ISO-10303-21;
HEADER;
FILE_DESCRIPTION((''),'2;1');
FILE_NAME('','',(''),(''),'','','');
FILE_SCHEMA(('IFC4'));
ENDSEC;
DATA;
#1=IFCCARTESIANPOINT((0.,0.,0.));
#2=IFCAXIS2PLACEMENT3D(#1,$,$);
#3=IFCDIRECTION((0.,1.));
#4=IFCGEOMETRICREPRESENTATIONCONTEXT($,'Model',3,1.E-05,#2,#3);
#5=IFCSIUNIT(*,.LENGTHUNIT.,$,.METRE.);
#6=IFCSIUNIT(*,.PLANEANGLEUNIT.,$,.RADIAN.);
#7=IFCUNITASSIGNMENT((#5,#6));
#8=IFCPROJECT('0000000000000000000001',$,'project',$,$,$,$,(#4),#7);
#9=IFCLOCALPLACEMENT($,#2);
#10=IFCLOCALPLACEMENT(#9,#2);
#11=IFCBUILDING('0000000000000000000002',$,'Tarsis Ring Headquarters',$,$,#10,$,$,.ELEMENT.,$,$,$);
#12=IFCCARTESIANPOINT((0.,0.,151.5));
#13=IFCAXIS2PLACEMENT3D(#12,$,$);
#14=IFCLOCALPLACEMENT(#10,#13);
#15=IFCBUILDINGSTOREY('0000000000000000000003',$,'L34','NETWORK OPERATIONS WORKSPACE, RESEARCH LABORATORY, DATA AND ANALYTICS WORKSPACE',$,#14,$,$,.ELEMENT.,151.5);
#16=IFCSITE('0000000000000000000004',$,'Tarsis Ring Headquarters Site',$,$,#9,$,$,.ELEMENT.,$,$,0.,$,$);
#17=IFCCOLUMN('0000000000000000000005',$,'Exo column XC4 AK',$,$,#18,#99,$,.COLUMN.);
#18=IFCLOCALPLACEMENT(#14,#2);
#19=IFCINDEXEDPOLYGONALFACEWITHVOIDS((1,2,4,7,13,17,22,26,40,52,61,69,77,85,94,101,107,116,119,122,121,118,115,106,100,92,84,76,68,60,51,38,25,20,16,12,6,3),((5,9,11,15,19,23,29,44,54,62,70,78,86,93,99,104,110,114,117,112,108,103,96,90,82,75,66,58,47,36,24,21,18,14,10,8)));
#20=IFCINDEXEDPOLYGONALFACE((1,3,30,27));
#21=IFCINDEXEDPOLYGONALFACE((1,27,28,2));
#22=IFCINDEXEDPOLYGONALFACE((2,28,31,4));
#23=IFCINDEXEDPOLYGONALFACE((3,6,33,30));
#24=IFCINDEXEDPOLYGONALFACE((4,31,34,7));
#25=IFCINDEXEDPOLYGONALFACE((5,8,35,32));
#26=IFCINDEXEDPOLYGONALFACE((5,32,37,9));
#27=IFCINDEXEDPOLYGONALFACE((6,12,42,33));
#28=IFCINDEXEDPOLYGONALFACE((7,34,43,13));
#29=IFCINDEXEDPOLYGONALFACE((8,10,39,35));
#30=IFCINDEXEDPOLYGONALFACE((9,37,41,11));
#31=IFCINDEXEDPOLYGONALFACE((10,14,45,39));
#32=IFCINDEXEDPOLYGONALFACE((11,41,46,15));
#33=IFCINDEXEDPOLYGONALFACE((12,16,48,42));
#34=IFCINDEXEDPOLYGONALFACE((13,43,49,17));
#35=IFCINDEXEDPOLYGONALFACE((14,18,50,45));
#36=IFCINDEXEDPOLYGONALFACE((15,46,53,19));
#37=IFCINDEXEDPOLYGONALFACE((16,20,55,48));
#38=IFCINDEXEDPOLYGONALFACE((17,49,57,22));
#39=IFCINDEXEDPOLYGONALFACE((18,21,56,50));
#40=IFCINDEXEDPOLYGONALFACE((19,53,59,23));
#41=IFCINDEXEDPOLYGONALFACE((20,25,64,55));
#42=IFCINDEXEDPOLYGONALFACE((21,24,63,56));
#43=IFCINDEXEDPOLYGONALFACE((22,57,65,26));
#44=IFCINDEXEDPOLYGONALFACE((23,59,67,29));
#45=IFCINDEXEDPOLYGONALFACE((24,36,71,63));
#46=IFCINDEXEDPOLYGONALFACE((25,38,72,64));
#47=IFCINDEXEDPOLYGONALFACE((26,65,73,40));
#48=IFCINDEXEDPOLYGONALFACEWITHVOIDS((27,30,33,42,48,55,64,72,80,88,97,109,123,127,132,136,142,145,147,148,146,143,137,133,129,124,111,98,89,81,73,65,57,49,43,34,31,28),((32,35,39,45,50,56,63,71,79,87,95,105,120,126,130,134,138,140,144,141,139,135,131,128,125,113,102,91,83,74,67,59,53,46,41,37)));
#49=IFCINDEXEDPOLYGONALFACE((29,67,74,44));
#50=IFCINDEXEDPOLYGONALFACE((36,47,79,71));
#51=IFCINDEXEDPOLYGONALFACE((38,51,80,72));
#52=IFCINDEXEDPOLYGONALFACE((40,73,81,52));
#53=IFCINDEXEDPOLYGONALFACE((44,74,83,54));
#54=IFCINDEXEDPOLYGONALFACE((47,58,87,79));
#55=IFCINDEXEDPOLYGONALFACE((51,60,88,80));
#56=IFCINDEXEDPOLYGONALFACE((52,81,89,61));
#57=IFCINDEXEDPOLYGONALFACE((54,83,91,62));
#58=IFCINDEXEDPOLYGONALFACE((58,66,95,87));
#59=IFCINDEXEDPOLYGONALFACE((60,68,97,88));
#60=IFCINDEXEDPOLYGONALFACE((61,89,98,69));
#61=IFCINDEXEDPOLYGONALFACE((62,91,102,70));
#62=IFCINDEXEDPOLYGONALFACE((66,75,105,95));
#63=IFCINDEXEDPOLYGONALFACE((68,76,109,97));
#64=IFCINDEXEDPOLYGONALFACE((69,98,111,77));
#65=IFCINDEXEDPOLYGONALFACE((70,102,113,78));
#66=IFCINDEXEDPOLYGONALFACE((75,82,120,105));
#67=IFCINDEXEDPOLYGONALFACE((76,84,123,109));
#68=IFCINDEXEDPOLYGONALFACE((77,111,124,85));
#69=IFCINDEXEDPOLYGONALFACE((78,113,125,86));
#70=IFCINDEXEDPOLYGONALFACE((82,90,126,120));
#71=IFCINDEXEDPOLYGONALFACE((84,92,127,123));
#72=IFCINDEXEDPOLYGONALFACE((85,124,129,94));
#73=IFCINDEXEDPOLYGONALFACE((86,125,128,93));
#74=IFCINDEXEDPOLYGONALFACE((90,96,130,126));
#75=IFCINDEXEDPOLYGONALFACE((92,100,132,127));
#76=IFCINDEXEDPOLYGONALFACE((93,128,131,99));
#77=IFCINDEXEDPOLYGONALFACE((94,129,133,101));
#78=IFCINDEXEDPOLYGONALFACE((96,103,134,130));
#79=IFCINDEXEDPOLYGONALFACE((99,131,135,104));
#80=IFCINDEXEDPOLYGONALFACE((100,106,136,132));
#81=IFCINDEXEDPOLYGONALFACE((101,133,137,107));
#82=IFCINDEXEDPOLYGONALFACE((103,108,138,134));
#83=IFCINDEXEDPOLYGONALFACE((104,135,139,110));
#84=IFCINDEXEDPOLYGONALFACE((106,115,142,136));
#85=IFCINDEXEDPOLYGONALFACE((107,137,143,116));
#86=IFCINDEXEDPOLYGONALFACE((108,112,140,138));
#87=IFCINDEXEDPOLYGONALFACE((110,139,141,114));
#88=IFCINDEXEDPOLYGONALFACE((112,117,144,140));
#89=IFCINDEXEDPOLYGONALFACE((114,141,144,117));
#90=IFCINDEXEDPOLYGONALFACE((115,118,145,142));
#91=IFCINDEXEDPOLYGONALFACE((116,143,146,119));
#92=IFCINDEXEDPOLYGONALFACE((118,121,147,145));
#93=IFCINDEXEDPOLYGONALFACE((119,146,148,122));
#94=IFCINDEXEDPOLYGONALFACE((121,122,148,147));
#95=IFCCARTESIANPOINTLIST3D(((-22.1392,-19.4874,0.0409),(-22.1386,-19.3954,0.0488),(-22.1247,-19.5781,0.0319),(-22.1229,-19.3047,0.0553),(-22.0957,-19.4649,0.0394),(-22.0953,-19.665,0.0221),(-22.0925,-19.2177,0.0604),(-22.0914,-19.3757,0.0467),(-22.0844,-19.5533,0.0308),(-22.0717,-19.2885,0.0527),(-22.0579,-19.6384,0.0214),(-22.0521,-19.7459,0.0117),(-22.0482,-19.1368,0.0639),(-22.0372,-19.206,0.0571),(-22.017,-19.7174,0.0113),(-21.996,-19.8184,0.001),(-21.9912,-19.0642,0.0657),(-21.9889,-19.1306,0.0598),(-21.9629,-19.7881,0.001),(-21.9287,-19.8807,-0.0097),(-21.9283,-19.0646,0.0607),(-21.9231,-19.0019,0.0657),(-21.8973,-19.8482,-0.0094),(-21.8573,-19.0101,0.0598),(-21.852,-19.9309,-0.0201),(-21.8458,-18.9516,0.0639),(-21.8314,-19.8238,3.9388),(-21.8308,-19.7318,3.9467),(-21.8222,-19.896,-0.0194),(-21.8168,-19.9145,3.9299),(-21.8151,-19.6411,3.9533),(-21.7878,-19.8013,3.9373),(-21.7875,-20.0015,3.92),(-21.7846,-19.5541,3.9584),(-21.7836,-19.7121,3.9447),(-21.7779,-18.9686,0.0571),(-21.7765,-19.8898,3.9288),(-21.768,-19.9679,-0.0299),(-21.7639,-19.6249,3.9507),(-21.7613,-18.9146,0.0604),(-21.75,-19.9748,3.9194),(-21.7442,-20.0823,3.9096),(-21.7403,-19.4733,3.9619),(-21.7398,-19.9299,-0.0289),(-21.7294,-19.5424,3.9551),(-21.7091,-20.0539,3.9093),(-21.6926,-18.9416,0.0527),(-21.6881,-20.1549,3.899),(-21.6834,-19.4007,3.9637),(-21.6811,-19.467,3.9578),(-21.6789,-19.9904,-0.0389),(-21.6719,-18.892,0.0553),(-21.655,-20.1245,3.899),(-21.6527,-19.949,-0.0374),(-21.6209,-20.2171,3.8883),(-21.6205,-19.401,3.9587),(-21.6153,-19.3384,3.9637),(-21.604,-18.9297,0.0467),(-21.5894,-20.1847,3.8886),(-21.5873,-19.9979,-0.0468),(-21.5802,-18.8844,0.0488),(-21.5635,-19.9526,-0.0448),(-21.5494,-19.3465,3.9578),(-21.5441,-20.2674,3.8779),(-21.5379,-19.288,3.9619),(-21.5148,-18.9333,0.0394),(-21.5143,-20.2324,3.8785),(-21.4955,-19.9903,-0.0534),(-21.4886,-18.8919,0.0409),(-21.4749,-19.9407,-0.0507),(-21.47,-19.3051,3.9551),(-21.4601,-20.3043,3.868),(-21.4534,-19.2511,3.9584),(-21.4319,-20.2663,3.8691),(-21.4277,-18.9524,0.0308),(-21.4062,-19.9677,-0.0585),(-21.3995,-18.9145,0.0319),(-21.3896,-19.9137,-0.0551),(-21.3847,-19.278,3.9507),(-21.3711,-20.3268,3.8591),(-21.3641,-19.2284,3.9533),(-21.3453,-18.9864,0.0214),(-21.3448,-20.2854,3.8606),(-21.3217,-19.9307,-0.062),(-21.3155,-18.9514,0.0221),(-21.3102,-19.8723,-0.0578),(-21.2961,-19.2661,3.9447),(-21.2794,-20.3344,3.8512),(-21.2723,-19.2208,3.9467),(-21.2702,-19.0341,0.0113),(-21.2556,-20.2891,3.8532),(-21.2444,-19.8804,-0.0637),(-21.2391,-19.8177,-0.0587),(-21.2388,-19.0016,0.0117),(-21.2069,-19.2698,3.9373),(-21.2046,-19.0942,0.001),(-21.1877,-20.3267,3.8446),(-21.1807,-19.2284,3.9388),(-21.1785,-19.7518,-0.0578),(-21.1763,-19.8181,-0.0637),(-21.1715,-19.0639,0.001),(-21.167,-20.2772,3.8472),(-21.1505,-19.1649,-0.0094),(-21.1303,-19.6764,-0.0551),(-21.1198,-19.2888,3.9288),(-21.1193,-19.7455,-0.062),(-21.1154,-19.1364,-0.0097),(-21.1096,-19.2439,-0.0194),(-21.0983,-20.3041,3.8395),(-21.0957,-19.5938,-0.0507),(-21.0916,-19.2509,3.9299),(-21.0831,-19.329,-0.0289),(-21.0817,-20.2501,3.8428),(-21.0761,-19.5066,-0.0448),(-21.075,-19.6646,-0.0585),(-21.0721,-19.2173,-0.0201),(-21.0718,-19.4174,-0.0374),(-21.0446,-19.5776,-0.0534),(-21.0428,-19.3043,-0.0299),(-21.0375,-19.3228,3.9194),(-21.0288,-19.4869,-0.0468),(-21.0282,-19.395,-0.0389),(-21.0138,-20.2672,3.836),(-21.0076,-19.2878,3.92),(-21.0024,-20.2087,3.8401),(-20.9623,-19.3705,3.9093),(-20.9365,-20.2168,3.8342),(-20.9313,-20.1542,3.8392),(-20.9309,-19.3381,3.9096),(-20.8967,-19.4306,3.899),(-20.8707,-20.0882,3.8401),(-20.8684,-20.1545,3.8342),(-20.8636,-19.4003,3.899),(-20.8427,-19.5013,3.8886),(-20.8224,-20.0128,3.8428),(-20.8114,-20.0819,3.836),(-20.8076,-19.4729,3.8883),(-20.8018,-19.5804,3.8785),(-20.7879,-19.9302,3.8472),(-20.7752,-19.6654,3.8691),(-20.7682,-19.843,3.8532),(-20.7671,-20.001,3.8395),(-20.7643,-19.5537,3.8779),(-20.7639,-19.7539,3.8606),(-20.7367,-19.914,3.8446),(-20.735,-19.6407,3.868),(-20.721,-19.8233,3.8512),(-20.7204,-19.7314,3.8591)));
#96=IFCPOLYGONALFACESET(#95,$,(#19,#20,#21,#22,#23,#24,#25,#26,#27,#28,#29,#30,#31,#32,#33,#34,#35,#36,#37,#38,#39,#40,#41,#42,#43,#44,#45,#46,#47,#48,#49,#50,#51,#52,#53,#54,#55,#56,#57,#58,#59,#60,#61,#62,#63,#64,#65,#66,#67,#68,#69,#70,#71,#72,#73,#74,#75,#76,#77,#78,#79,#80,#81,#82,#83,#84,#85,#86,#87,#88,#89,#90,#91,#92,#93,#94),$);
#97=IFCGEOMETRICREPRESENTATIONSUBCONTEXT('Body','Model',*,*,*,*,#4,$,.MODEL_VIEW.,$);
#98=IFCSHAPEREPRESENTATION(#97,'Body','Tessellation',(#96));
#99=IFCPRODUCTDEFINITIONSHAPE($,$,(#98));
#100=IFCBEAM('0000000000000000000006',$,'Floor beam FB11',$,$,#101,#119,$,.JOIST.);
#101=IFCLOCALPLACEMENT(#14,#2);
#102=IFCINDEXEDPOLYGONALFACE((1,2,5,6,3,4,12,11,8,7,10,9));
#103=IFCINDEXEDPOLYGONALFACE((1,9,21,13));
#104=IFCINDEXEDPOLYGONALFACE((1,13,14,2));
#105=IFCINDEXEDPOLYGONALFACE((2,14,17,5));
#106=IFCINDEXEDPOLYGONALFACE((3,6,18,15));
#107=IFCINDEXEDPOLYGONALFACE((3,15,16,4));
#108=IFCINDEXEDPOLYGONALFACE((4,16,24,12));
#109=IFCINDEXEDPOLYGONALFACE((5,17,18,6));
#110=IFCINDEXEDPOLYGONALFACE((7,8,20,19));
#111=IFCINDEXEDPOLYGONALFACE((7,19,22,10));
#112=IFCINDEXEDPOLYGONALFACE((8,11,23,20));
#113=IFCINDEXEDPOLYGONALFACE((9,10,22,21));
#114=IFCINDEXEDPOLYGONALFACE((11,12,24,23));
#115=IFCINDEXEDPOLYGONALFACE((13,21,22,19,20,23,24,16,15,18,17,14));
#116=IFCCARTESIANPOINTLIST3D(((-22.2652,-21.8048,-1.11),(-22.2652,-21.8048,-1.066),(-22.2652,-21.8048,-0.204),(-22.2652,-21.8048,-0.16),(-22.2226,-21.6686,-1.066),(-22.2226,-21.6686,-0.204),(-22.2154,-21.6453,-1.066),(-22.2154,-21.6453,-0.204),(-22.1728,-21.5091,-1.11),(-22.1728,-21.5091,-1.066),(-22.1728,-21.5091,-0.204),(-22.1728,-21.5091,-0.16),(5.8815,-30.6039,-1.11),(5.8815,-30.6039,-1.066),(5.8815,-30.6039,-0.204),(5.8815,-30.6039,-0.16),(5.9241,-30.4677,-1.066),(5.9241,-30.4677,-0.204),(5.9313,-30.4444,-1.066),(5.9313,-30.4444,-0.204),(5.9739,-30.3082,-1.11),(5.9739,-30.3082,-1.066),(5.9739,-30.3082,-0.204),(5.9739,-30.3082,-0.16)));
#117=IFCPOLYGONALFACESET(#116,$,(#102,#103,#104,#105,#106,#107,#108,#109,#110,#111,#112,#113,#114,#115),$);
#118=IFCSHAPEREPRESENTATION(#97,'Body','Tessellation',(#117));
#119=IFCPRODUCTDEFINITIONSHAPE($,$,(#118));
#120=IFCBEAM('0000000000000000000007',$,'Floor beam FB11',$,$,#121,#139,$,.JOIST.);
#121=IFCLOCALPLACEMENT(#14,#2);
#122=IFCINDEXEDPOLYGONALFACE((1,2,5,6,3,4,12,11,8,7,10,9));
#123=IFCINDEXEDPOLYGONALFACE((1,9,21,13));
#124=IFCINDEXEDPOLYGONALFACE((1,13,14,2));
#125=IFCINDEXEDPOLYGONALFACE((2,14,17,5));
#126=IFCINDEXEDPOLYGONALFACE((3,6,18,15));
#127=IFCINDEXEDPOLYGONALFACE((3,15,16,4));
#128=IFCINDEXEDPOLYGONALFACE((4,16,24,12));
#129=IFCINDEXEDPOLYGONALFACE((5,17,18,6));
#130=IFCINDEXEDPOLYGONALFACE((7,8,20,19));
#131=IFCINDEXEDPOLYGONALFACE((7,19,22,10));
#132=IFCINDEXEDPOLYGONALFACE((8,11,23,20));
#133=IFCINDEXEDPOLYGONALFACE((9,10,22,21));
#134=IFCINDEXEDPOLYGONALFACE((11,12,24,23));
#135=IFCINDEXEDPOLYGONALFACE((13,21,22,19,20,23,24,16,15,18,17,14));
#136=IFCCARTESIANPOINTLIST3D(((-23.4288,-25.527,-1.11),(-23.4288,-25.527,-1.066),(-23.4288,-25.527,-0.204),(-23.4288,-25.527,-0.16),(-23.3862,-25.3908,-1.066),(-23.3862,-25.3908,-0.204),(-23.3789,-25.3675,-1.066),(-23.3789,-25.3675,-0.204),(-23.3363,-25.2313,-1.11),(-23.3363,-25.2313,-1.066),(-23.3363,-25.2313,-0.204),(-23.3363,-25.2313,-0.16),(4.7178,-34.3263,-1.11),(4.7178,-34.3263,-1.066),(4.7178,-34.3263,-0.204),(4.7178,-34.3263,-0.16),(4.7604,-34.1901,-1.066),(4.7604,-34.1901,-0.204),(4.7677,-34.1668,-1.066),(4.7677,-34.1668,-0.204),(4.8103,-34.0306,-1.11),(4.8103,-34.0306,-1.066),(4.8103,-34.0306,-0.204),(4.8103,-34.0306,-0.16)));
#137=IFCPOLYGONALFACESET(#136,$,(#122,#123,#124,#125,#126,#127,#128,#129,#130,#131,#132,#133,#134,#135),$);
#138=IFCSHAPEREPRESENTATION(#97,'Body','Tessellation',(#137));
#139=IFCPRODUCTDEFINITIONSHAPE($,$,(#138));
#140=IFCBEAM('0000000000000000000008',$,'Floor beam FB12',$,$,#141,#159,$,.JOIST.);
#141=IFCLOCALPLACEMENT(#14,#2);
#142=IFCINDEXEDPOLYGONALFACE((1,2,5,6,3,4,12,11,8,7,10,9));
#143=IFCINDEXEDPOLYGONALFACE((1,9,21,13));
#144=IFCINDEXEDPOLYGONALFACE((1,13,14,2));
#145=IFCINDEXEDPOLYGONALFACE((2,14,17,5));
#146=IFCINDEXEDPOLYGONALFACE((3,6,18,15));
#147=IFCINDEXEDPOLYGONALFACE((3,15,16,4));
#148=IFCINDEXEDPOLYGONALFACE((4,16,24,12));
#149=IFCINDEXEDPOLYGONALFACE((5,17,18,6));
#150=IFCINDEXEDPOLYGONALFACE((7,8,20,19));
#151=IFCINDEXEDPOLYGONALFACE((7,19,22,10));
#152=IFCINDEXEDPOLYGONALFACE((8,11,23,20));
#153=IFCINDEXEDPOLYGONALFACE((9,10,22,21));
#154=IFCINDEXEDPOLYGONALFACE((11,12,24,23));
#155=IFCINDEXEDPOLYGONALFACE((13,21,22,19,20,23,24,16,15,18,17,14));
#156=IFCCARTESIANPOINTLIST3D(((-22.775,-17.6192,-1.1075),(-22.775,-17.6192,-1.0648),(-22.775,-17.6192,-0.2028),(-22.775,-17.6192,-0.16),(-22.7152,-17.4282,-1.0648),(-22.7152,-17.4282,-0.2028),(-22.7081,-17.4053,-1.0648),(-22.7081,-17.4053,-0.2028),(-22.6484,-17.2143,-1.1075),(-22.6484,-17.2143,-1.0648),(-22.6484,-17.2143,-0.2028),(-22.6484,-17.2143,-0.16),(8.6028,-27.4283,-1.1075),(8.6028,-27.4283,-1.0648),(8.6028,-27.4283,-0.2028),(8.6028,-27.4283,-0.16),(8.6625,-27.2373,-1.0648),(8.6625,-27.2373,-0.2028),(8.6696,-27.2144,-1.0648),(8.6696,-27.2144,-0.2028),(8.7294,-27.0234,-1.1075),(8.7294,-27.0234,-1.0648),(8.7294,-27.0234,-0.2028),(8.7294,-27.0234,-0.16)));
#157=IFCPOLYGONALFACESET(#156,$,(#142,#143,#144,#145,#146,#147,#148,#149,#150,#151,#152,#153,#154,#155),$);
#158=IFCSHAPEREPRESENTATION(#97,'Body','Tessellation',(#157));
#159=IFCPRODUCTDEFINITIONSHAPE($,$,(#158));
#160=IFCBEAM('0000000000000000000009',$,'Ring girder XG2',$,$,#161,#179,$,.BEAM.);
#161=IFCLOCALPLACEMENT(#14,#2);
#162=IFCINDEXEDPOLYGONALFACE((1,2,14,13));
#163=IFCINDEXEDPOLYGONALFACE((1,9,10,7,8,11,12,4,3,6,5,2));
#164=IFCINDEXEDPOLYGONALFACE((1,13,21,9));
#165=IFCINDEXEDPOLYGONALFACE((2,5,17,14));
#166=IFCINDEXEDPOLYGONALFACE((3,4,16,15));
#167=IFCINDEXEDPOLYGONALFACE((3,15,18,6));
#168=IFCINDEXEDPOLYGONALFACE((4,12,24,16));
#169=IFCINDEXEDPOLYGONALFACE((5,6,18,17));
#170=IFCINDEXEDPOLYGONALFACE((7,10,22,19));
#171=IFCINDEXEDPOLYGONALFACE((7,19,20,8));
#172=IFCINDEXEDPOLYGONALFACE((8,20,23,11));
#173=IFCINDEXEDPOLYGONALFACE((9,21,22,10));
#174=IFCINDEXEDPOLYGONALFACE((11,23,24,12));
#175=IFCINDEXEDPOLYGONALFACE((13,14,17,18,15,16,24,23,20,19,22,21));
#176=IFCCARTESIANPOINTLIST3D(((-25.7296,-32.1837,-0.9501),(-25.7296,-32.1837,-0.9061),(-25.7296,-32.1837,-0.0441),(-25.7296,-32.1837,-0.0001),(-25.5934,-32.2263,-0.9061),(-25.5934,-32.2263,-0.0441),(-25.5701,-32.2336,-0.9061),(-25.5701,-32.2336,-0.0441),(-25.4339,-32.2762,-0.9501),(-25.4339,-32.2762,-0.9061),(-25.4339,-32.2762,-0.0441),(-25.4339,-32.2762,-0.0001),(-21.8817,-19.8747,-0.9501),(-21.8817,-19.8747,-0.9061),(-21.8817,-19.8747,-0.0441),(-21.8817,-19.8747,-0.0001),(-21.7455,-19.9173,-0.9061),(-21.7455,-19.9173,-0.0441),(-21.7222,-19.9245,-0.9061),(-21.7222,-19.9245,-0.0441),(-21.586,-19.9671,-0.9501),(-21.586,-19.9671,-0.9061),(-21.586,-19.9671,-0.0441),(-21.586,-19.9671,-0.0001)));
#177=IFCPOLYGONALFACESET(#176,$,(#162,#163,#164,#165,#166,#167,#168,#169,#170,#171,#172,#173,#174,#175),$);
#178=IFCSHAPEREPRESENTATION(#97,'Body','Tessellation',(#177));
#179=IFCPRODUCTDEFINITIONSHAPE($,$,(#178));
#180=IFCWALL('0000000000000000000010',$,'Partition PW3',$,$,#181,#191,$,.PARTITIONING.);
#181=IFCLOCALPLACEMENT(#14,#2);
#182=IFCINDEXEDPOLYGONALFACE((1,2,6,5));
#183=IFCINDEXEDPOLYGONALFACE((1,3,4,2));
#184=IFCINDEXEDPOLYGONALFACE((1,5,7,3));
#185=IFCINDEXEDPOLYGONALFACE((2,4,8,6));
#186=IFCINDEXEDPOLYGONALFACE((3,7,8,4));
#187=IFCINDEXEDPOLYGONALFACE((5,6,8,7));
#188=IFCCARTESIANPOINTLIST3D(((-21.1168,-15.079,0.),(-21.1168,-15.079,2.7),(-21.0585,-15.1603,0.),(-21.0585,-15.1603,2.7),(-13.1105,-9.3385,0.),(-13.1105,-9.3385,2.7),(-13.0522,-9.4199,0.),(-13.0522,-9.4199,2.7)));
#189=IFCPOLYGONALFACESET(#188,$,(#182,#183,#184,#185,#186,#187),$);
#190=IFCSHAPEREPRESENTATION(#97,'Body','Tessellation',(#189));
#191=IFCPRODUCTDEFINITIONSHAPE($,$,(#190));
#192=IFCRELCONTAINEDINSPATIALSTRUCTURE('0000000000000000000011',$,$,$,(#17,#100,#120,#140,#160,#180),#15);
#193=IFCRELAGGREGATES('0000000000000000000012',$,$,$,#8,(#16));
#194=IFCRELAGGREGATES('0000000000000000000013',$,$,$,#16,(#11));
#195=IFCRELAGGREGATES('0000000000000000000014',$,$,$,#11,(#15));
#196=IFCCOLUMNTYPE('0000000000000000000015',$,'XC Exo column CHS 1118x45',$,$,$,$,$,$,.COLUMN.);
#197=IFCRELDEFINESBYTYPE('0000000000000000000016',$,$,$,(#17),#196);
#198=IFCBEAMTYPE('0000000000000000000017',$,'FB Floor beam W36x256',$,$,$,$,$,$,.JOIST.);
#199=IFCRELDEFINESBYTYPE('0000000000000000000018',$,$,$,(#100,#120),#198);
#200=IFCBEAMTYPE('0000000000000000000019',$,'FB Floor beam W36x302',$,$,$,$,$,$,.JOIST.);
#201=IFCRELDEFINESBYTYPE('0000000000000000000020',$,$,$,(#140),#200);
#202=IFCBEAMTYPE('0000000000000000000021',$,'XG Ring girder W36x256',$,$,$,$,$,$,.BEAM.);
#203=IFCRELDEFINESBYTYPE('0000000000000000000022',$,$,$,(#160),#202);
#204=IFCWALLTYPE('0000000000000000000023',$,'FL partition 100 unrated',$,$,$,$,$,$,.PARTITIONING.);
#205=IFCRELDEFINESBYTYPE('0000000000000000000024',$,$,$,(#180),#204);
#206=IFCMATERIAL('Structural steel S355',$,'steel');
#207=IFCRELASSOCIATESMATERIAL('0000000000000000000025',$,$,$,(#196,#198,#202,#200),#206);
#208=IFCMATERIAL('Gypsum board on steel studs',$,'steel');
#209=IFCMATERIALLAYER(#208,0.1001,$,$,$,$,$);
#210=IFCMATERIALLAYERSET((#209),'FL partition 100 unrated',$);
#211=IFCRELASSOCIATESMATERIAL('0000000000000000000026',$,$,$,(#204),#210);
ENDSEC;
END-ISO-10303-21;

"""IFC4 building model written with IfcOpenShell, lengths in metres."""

from ifc_helpers import new_model, si_unit, direction, frame, frame_2d, origin, origin_2d, place, context, subcontext, project, spatial, rectangle, hollow_circle, i_section, extrude, material, layer, layer_set, material_profile, profile_set, type_object, element, save


model = new_model("IFC4")

# Units and contexts
model_context = context("Model", 3, precision=1e-05, world=origin(), true_north=direction((0.0, 1.0)))
body_context = subcontext(model_context, "Body", "Model", "MODEL_VIEW")
ifc_project = project(units=[si_unit("LENGTHUNIT", "METRE"), si_unit("PLANEANGLEUNIT", "RADIAN")], contexts=[model_context])

# Site, building, storey
site_placement = place(None, origin())
site = spatial("IfcSite", under=ifc_project, at=site_placement, Name="Tarsis Ring Headquarters Site", CompositionType="ELEMENT", RefElevation=0.0)
building_placement = place(site_placement, origin())
building = spatial("IfcBuilding", under=site, at=building_placement, Name="Tarsis Ring Headquarters", CompositionType="ELEMENT")
storey_placement = place(building_placement, frame((0.0, 0.0, 151.5)))
storey = spatial("IfcBuildingStorey", under=building, at=storey_placement, Name="L34", Description="NETWORK OPERATIONS WORKSPACE, RESEARCH LABORATORY, DATA AND ANALYTICS WORKSPACE", CompositionType="ELEMENT", Elevation=151.5)

# Column
ifc_material_1 = material(Name="Structural steel S355", Category="steel")
ifc_material_profile_1 = material_profile(ifc_material_1, hollow_circle(Radius=0.5588, WallThickness=0.0449, at=origin_2d()), Name="CHS 1118x45")
ifc_profile_set_1 = profile_set([ifc_material_profile_1], Name="Structural steel S355")
column_type = type_object("IfcColumnType", Name="XC Exo column CHS 1118x45", PredefinedType="COLUMN", material=ifc_profile_set_1)
column_placement = place(storey_placement, frame((-21.5837, -19.4412, 0.001), z_axis=(0.078445, -0.085724, 0.993226), x_axis=(0.737732, 0.675094, 0.0)))
element("IfcColumn", 1, at=column_placement, inside=storey, type_object=column_type, Name="Exo column XC4 AK", PredefinedType="COLUMN", context=body_context, shape_type="SweptSolid", body=[
    extrude(hollow_circle(Radius=0.5588, WallThickness=0.0449, at=origin_2d()), origin(), (0.0, 0.0, 1.0), 3.9246),
])

# Beams
ifc_material_profile_2 = material_profile(ifc_material_1, i_section(OverallWidth=0.3098, OverallDepth=0.95, WebThickness=0.0244, FlangeThickness=0.0439, at=origin_2d()), Name="W36x256")
ifc_profile_set_2 = profile_set([ifc_material_profile_2], Name="Structural steel S355")
beam_type_1 = type_object("IfcBeamType", Name="FB Floor beam W36x256", PredefinedType="JOIST", material=ifc_profile_set_2)
for number, where, z_axis, x_axis, name in (
    (2, (-22.219, -21.657, -0.635), (0.954449, -0.298374, 0.0), (0.298374, 0.954449, 0.0), "Floor beam FB11"),
    (3, (-23.3826, -25.3792, -0.635), (0.954447, -0.298382, 0.0), (0.298382, 0.954447, 0.0), "Floor beam FB11"),
):
    element("IfcBeam", number, at=place(storey_placement, frame(where, z_axis=z_axis, x_axis=x_axis)), inside=storey, type_object=beam_type_1, Name=name, PredefinedType="JOIST", context=body_context, shape_type="SweptSolid", body=[
        extrude(i_section(OverallWidth=0.3098, OverallDepth=0.95, WebThickness=0.0244, FlangeThickness=0.0439, at=origin_2d()), origin(), (0.0, 0.0, 1.0), 29.49),
    ])
ifc_material_profile_3 = material_profile(ifc_material_1, i_section(OverallWidth=0.4243, OverallDepth=0.9475, WebThickness=0.0239, FlangeThickness=0.0427, at=origin_2d()), Name="W36x302")
ifc_profile_set_3 = profile_set([ifc_material_profile_3], Name="Structural steel S355")
beam_type_2 = type_object("IfcBeamType", Name="FB Floor beam W36x302", PredefinedType="JOIST", material=ifc_profile_set_3)
beam_1_placement = place(storey_placement, frame((-22.7117, -17.4167, -0.6338), z_axis=(0.954449, -0.298374, 0.0), x_axis=(0.298374, 0.954449, 0.0)))
element("IfcBeam", 4, at=beam_1_placement, inside=storey, type_object=beam_type_2, Name="Floor beam FB12", PredefinedType="JOIST", context=body_context, shape_type="SweptSolid", body=[
    extrude(i_section(OverallWidth=0.4243, OverallDepth=0.9475, WebThickness=0.0239, FlangeThickness=0.0427, at=origin_2d()), origin(), (0.0, 0.0, 1.0), 32.8752),
])
beam_type_3 = type_object("IfcBeamType", Name="XG Ring girder W36x256", PredefinedType="BEAM", material=ifc_profile_set_2)
beam_2_placement = place(storey_placement, frame((-21.7339, -19.9209, -0.4751), z_axis=(-0.298368, -0.954451, 0.0), x_axis=(0.954451, -0.298368, 0.0)))
element("IfcBeam", 5, at=beam_2_placement, inside=storey, type_object=beam_type_3, Name="Ring girder XG2", PredefinedType="BEAM", context=body_context, shape_type="SweptSolid", body=[
    extrude(i_section(OverallWidth=0.3098, OverallDepth=0.95, WebThickness=0.0244, FlangeThickness=0.0439, at=origin_2d()), origin(), (0.0, 0.0, 1.0), 12.8965),
])

# Wall
ifc_material_2 = material(Name="Gypsum board on steel studs", Category="steel")
ifc_layer = layer(ifc_material_2, 0.1001)
ifc_layer_set = layer_set([ifc_layer], Name="FL partition 100 unrated")
wall_type = type_object("IfcWallType", Name="FL partition 100 unrated", PredefinedType="PARTITIONING", material=ifc_layer_set)
wall_placement = place(storey_placement, frame((-21.0876, -15.1196, 0.0), z_axis=(0.0, 0.0, 1.0), x_axis=(0.812692, 0.582693, 0.0)))
element("IfcWall", 6, at=wall_placement, inside=storey, type_object=wall_type, Name="Partition PW3", PredefinedType="PARTITIONING", context=body_context, shape_type="SweptSolid", body=[
    extrude(rectangle(XDim=9.8516, YDim=0.1001, at=frame_2d((4.9258, 0.0))), origin(), (0.0, 0.0, 1.0), 2.7),
])

save(model, "model.ifc")
